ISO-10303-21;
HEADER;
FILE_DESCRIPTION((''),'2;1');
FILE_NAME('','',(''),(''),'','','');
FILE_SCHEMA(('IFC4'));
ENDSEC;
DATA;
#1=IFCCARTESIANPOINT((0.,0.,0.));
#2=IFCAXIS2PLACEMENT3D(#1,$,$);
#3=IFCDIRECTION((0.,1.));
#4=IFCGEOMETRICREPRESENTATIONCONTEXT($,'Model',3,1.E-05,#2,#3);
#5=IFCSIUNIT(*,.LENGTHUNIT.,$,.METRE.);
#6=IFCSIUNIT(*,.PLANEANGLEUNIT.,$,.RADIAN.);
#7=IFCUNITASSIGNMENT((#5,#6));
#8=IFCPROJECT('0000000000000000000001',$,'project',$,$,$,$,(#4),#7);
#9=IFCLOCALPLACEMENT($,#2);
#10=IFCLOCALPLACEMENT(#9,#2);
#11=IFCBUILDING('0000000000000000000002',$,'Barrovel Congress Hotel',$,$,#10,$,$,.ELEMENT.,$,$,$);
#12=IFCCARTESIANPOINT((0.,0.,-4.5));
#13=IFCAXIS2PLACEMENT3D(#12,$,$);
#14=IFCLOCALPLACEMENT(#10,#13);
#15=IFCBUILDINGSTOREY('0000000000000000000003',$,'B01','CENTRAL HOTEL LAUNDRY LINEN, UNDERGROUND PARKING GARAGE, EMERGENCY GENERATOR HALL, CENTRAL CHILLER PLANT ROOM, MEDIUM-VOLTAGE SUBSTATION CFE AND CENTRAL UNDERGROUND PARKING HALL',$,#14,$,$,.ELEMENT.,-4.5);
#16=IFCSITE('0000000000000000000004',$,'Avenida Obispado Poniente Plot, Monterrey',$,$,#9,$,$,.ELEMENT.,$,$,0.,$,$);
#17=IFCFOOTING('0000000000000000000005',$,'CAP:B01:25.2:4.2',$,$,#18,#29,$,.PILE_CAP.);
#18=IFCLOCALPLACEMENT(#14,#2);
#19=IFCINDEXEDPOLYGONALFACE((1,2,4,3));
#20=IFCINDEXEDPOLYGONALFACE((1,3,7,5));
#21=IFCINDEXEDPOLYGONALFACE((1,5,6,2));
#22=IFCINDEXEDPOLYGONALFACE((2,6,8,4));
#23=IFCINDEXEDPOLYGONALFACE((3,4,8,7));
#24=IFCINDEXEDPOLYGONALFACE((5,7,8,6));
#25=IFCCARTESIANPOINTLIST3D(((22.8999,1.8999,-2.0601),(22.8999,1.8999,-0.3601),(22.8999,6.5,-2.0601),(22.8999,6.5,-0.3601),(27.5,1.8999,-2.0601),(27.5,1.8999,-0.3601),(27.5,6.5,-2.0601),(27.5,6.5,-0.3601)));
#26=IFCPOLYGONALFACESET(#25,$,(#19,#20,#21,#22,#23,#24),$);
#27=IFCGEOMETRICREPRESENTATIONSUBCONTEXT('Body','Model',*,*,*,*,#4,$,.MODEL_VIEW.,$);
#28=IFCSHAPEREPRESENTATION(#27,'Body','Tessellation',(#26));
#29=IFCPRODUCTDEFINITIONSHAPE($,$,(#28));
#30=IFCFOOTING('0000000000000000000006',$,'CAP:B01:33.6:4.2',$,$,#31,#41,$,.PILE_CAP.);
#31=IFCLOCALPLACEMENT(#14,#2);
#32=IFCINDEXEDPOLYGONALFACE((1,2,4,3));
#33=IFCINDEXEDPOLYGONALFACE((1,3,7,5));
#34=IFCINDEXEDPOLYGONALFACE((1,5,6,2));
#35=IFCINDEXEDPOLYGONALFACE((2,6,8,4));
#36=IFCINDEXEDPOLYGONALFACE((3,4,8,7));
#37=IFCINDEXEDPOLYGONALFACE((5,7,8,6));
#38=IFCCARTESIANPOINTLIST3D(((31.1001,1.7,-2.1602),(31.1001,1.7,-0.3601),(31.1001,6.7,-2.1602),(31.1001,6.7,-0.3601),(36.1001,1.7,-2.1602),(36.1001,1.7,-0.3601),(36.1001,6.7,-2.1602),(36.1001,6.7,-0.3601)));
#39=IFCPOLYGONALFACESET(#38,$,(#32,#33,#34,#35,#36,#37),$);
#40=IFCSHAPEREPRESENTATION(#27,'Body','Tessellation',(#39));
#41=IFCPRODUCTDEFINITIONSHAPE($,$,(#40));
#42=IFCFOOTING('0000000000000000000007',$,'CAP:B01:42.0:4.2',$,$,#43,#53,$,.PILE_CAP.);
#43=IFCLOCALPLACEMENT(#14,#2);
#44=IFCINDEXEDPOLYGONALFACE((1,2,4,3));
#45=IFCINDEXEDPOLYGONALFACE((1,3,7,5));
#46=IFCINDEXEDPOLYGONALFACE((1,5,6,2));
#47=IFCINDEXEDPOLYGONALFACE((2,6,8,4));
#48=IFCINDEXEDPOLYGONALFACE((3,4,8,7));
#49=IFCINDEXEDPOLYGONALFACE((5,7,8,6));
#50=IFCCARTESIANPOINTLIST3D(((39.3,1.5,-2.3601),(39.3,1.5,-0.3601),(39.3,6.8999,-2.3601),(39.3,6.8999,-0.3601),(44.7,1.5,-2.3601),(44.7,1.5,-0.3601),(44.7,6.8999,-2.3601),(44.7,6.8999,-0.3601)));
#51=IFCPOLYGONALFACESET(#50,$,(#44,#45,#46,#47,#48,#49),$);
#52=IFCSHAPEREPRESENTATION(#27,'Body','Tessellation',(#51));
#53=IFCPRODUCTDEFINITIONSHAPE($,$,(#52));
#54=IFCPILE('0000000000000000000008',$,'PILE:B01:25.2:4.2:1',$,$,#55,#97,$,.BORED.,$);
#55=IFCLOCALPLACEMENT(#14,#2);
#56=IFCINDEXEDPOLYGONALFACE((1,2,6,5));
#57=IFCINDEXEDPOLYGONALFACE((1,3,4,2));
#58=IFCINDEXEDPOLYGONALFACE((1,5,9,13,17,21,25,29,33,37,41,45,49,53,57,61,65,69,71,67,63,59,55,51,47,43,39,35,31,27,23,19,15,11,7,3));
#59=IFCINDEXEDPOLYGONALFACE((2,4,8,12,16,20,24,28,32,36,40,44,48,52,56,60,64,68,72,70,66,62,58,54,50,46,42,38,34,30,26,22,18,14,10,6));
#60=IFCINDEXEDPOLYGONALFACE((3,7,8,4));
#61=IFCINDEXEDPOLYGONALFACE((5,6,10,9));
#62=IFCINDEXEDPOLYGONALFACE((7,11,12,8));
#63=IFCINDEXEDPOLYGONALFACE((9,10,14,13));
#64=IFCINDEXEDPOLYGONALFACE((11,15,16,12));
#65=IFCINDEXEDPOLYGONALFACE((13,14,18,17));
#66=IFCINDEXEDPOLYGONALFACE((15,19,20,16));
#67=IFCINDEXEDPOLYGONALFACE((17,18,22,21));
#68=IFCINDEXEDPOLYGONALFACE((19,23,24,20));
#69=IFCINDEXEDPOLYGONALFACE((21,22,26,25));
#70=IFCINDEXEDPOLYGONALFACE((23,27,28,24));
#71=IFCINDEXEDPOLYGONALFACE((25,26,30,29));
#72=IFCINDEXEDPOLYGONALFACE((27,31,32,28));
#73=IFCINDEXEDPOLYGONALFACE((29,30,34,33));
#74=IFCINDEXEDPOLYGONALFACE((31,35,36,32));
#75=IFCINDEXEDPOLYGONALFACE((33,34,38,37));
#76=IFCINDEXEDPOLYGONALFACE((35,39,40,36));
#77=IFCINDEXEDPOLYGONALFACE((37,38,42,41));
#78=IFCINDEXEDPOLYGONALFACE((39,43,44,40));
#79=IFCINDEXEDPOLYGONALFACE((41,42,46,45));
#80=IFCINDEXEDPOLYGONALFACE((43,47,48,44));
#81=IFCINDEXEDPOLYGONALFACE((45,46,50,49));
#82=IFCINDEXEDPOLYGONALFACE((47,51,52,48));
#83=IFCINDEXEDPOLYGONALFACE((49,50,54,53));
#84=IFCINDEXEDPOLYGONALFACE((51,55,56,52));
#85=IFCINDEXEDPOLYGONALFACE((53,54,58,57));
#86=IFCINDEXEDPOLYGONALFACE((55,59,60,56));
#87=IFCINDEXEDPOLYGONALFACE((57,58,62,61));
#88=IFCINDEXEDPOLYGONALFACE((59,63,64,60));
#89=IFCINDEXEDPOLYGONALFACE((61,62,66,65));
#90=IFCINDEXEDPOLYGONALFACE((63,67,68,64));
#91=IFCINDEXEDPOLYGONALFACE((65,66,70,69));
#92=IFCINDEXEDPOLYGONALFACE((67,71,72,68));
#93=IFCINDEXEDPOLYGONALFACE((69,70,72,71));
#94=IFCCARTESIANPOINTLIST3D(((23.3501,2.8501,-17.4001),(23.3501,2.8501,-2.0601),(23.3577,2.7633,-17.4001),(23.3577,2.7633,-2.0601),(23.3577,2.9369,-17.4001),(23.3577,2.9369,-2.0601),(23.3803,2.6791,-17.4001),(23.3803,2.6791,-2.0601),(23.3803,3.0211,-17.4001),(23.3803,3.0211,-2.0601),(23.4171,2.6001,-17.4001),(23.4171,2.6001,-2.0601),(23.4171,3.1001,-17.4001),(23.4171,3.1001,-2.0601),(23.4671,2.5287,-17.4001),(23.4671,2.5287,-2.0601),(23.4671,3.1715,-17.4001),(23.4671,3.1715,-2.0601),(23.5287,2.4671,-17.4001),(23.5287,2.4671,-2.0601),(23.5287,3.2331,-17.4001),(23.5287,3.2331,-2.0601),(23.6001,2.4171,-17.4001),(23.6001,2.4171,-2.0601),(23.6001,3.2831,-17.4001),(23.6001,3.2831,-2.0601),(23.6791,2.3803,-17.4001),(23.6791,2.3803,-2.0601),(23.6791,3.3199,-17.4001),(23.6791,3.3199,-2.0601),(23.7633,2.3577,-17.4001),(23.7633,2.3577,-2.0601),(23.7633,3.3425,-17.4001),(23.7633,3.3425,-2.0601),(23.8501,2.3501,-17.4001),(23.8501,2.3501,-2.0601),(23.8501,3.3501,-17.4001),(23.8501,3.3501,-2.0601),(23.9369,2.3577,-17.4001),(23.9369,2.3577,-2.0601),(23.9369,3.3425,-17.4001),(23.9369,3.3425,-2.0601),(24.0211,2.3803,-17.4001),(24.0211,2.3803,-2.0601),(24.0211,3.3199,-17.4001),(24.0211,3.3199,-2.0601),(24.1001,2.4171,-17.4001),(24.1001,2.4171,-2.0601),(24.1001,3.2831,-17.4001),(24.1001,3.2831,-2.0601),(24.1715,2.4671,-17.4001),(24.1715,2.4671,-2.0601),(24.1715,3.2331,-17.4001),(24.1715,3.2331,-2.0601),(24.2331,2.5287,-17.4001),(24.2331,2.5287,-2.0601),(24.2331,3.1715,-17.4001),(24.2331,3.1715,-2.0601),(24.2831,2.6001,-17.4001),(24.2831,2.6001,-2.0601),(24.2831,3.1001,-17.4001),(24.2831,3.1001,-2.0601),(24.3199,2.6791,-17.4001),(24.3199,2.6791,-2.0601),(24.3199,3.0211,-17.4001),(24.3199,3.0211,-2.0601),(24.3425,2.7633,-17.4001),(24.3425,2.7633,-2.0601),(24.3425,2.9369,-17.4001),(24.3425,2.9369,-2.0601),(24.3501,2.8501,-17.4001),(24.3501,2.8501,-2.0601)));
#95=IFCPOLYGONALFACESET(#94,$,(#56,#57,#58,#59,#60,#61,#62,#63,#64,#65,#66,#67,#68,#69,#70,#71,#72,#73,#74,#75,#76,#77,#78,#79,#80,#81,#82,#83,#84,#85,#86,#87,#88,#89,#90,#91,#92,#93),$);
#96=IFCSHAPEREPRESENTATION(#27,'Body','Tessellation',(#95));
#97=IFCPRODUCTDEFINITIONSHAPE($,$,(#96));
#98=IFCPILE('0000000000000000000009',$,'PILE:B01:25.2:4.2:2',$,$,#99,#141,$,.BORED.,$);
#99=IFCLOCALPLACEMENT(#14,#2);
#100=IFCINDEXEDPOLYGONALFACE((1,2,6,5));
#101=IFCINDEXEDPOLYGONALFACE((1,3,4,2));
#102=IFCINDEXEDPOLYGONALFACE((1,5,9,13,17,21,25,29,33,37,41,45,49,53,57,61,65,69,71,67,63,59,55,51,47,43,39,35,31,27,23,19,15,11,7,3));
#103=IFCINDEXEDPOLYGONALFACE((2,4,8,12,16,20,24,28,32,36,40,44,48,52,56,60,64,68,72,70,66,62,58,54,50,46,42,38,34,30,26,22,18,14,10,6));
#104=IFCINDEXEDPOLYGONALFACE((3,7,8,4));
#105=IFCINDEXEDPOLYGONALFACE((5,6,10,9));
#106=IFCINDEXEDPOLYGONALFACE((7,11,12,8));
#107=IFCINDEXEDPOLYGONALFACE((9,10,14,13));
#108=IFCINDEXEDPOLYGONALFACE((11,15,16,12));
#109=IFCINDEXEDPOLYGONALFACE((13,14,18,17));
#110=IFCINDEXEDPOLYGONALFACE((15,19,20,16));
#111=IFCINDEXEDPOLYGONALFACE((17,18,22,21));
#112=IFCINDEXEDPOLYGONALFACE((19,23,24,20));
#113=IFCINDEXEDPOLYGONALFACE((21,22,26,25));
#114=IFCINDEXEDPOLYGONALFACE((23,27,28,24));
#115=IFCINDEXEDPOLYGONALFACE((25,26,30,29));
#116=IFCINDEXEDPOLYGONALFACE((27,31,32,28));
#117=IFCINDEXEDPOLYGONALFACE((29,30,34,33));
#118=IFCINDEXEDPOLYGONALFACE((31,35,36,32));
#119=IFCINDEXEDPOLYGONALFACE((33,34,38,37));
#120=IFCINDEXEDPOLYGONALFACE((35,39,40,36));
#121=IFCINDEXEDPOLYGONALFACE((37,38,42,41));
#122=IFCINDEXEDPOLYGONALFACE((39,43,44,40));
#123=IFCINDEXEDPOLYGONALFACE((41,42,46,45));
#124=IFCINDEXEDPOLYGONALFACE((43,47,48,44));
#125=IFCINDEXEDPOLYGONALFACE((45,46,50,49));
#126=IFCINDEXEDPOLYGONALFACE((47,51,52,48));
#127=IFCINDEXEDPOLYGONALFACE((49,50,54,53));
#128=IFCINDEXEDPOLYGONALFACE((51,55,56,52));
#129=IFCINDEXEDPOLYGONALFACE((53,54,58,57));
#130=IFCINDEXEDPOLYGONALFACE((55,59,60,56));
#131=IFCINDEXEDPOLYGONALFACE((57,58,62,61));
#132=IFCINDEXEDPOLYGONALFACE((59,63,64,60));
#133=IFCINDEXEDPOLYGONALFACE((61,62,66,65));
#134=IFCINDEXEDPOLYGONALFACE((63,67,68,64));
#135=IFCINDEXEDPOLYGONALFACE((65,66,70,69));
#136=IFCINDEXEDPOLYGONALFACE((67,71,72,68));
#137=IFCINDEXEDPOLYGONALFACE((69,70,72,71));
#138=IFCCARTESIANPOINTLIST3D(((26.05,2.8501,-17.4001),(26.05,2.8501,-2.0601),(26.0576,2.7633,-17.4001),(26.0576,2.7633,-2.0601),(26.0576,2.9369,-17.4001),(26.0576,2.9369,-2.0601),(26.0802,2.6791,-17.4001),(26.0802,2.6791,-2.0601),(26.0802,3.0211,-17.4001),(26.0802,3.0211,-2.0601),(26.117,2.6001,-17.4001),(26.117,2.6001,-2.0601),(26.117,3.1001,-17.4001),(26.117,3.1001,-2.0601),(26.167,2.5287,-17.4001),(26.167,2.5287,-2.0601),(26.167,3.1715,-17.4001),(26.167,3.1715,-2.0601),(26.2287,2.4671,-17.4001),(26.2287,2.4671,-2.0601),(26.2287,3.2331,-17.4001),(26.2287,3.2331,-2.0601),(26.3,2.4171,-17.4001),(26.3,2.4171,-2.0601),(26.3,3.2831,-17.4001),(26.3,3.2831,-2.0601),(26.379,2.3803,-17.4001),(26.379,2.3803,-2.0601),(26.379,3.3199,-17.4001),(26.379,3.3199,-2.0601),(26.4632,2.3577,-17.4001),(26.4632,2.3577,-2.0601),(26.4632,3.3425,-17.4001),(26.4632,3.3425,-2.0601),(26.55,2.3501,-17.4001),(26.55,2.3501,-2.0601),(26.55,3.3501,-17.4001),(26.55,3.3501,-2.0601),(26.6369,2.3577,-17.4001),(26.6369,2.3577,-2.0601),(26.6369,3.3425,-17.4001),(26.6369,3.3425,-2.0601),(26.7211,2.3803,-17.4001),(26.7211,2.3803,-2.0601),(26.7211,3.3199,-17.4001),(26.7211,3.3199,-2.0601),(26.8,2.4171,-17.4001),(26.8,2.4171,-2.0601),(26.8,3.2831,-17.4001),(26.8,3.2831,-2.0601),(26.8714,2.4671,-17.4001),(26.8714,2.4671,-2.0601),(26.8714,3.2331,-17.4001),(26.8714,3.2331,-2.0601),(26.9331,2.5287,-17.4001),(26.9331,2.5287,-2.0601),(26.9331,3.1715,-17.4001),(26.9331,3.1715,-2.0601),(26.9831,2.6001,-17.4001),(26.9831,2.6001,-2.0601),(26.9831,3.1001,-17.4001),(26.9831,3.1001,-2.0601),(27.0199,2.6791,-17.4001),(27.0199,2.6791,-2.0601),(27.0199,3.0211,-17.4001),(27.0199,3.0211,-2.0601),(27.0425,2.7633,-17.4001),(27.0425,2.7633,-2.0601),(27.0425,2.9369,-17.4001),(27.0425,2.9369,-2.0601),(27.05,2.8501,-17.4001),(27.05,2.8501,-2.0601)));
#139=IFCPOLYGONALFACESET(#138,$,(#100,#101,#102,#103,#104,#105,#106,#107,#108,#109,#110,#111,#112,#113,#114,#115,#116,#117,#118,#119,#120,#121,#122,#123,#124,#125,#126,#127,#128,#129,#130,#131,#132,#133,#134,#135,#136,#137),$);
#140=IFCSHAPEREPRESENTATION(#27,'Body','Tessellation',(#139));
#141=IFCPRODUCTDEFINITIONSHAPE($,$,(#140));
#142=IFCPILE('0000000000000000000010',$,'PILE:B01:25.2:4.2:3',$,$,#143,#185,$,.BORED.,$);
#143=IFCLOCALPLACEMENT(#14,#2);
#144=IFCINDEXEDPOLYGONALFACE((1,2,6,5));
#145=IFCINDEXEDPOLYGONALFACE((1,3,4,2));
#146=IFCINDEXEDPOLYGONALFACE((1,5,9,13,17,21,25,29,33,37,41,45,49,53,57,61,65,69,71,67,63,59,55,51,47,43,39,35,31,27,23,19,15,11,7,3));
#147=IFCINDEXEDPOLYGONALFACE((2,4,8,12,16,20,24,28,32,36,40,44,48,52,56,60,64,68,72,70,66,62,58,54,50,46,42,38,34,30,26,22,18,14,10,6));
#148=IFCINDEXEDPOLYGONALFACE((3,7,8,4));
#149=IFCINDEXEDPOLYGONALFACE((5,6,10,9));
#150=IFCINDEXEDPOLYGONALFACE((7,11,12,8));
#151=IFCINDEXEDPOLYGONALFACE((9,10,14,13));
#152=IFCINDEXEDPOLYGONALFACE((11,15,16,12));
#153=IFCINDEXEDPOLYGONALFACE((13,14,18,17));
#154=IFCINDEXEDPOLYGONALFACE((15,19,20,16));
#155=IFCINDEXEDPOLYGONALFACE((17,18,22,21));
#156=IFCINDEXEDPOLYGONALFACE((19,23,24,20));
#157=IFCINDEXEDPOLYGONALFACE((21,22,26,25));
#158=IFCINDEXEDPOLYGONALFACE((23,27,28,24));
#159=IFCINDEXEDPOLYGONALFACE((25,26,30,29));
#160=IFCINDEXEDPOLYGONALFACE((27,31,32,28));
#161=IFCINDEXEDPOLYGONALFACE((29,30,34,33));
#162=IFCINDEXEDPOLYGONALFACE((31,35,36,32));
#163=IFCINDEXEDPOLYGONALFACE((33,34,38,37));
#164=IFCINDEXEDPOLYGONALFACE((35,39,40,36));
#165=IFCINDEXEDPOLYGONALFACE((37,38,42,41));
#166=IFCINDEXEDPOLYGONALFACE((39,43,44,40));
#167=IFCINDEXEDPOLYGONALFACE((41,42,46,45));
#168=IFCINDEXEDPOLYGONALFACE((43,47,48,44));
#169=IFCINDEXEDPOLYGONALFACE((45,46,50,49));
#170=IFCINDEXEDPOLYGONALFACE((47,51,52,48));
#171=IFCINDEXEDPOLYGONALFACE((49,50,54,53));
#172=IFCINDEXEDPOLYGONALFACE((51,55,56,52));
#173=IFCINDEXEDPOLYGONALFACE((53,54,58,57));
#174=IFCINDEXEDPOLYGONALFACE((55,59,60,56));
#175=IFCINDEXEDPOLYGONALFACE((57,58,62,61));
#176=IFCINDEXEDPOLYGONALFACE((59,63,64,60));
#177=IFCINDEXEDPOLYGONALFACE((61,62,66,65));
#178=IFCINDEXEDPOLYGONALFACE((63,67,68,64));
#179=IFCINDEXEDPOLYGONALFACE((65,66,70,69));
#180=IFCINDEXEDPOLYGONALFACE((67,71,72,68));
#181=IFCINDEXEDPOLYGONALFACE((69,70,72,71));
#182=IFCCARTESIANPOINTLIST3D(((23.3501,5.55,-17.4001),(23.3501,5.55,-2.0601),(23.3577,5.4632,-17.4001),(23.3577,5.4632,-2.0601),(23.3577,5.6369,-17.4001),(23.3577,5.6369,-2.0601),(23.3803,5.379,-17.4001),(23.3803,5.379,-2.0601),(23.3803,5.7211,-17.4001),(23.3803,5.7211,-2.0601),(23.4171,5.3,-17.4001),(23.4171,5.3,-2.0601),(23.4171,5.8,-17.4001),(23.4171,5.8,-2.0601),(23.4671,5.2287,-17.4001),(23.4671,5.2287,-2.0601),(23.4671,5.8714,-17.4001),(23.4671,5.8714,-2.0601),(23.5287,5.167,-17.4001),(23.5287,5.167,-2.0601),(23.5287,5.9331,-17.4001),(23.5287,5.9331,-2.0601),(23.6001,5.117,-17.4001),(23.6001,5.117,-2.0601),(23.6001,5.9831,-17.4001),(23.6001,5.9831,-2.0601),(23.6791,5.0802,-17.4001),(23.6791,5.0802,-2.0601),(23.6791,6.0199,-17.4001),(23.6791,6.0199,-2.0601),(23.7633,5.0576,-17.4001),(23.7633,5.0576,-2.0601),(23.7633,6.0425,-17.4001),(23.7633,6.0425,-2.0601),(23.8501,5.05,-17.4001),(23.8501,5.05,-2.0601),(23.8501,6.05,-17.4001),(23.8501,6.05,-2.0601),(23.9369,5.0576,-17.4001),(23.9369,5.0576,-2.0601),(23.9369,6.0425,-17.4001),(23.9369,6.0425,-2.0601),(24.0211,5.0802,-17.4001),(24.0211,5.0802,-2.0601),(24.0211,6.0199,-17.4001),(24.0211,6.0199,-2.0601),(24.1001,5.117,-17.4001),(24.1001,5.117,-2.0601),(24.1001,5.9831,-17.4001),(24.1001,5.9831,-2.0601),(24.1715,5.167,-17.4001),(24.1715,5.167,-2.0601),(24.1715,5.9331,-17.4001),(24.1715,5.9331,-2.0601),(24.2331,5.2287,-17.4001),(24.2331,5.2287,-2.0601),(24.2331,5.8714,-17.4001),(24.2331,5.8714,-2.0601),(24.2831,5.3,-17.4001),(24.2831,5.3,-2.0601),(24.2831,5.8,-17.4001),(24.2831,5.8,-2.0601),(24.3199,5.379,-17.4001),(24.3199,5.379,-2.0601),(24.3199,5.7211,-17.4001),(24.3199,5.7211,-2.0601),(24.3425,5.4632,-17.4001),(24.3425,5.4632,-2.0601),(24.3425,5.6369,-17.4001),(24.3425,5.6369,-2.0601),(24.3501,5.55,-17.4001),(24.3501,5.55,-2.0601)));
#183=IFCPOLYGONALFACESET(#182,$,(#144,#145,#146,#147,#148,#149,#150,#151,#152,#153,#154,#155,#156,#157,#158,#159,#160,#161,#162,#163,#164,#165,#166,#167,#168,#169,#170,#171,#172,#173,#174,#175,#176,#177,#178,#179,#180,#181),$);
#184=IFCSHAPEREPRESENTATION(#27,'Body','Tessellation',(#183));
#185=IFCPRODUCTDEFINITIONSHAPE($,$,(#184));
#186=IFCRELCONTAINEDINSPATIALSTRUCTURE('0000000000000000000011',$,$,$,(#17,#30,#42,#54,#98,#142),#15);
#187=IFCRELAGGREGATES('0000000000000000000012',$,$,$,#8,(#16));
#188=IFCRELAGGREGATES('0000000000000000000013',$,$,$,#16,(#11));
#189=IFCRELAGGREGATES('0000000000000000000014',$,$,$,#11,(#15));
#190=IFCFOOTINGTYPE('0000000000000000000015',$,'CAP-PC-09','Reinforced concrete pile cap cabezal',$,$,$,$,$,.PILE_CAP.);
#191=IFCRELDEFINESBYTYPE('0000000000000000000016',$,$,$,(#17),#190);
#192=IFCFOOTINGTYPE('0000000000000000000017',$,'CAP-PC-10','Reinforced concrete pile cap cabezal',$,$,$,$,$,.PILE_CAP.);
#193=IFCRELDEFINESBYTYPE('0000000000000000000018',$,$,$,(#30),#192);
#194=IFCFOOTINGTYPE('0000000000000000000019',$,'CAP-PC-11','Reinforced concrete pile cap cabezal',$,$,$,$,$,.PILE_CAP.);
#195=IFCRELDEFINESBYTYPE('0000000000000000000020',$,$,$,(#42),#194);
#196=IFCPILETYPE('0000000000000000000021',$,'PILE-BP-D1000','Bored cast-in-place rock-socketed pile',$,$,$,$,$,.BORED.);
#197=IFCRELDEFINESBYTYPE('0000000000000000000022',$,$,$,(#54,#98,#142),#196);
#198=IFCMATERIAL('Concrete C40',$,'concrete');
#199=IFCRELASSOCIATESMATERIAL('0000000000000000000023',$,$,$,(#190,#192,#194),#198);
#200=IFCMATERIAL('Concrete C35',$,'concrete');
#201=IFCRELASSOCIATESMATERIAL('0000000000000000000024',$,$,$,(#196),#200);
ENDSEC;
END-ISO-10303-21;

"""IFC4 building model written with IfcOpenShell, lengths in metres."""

from ifc_helpers import new_model, si_unit, direction, frame, origin, origin_2d, place, context, subcontext, project, spatial, rectangle, circle, extrude, material, material_profile, profile_set, type_object, element, save


model = new_model("IFC4")

# Units and contexts
model_context = context("Model", 3, precision=1e-05, world=origin(), true_north=direction((0.0, 1.0)))
body_context = subcontext(model_context, "Body", "Model", "MODEL_VIEW")
ifc_project = project(units=[si_unit("LENGTHUNIT", "METRE"), si_unit("PLANEANGLEUNIT", "RADIAN")], contexts=[model_context])

# Site, building, storey
site_placement = place(None, origin())
site = spatial("IfcSite", under=ifc_project, at=site_placement, Name="Avenida Obispado Poniente Plot, Monterrey", CompositionType="ELEMENT", RefElevation=0.0)
building_placement = place(site_placement, origin())
building = spatial("IfcBuilding", under=site, at=building_placement, Name="Barrovel Congress Hotel", CompositionType="ELEMENT")
storey_placement = place(building_placement, frame((0.0, 0.0, -4.5)))
storey = spatial("IfcBuildingStorey", under=building, at=storey_placement, Name="B01", Description="CENTRAL HOTEL LAUNDRY LINEN, UNDERGROUND PARKING GARAGE, EMERGENCY GENERATOR HALL, CENTRAL CHILLER PLANT ROOM, MEDIUM-VOLTAGE SUBSTATION CFE AND CENTRAL UNDERGROUND PARKING HALL", CompositionType="ELEMENT", Elevation=-4.5)

# Footings
ifc_material_1 = material(Name="Concrete C40", Category="concrete")
footing_type_1 = type_object("IfcFootingType", Name="CAP-PC-09", Description="Reinforced concrete pile cap cabezal", PredefinedType="PILE_CAP", material=ifc_material_1)
footing_1_placement = place(storey_placement, frame((25.2, 4.2, -2.0601), z_axis=(0.0, 0.0, 1.0), x_axis=(1.0, 0.0, 0.0)))
element("IfcFooting", 1, at=footing_1_placement, inside=storey, type_object=footing_type_1, Name="CAP:B01:25.2:4.2", PredefinedType="PILE_CAP", context=body_context, shape_type="SweptSolid", body=[
    extrude(rectangle(XDim=4.6001, YDim=4.6001, at=origin_2d()), origin(), (0.0, 0.0, 1.0), 1.7),
])
footing_type_2 = type_object("IfcFootingType", Name="CAP-PC-10", Description="Reinforced concrete pile cap cabezal", PredefinedType="PILE_CAP", material=ifc_material_1)
footing_2_placement = place(storey_placement, frame((33.6001, 4.2, -2.1602), z_axis=(0.0, 0.0, 1.0), x_axis=(1.0, 0.0, 0.0)))
element("IfcFooting", 2, at=footing_2_placement, inside=storey, type_object=footing_type_2, Name="CAP:B01:33.6:4.2", PredefinedType="PILE_CAP", context=body_context, shape_type="SweptSolid", body=[
    extrude(rectangle(XDim=5.0, YDim=5.0, at=origin_2d()), origin(), (0.0, 0.0, 1.0), 1.8),
])
footing_type_3 = type_object("IfcFootingType", Name="CAP-PC-11", Description="Reinforced concrete pile cap cabezal", PredefinedType="PILE_CAP", material=ifc_material_1)
footing_3_placement = place(storey_placement, frame((42.0, 4.2, -2.3601), z_axis=(0.0, 0.0, 1.0), x_axis=(1.0, 0.0, 0.0)))
element("IfcFooting", 3, at=footing_3_placement, inside=storey, type_object=footing_type_3, Name="CAP:B01:42.0:4.2", PredefinedType="PILE_CAP", context=body_context, shape_type="SweptSolid", body=[
    extrude(rectangle(XDim=5.3999, YDim=5.3999, at=origin_2d()), origin(), (0.0, 0.0, 1.0), 2.0),
])

# Piles
ifc_material_2 = material(Name="Concrete C35", Category="concrete")
ifc_material_profile_1 = material_profile(ifc_material_2, circle(Radius=0.5, at=origin_2d()), Name="BP-D1000")
ifc_profile_set_1 = profile_set([ifc_material_profile_1], Name="Concrete C35")
pile_type_1 = type_object("IfcPileType", Name="PILE-BP-D1000", Description="Bored cast-in-place rock-socketed pile", PredefinedType="BORED", material=ifc_profile_set_1)
for number, where, z_axis, x_axis, name in (
    (4, (23.8501, 2.8501, -2.0601), (0.0, 0.0, -1.0), (1.0, 0.0, 0.0), "PILE:B01:25.2:4.2:1"),
    (5, (26.55, 2.8501, -2.0601), (0.0, 0.0, -1.0), (1.0, 0.0, 0.0), "PILE:B01:25.2:4.2:2"),
    (6, (23.8501, 5.55, -2.0601), (0.0, 0.0, -1.0), (1.0, 0.0, 0.0), "PILE:B01:25.2:4.2:3"),
):
    element("IfcPile", number, at=place(storey_placement, frame(where, z_axis=z_axis, x_axis=x_axis)), inside=storey, type_object=pile_type_1, Name=name, PredefinedType="BORED", context=body_context, shape_type="SweptSolid", body=[
        extrude(circle(Radius=0.5, at=origin_2d()), origin(), (0.0, 0.0, 1.0), 15.3401),
    ])

save(model, "model.ifc")
